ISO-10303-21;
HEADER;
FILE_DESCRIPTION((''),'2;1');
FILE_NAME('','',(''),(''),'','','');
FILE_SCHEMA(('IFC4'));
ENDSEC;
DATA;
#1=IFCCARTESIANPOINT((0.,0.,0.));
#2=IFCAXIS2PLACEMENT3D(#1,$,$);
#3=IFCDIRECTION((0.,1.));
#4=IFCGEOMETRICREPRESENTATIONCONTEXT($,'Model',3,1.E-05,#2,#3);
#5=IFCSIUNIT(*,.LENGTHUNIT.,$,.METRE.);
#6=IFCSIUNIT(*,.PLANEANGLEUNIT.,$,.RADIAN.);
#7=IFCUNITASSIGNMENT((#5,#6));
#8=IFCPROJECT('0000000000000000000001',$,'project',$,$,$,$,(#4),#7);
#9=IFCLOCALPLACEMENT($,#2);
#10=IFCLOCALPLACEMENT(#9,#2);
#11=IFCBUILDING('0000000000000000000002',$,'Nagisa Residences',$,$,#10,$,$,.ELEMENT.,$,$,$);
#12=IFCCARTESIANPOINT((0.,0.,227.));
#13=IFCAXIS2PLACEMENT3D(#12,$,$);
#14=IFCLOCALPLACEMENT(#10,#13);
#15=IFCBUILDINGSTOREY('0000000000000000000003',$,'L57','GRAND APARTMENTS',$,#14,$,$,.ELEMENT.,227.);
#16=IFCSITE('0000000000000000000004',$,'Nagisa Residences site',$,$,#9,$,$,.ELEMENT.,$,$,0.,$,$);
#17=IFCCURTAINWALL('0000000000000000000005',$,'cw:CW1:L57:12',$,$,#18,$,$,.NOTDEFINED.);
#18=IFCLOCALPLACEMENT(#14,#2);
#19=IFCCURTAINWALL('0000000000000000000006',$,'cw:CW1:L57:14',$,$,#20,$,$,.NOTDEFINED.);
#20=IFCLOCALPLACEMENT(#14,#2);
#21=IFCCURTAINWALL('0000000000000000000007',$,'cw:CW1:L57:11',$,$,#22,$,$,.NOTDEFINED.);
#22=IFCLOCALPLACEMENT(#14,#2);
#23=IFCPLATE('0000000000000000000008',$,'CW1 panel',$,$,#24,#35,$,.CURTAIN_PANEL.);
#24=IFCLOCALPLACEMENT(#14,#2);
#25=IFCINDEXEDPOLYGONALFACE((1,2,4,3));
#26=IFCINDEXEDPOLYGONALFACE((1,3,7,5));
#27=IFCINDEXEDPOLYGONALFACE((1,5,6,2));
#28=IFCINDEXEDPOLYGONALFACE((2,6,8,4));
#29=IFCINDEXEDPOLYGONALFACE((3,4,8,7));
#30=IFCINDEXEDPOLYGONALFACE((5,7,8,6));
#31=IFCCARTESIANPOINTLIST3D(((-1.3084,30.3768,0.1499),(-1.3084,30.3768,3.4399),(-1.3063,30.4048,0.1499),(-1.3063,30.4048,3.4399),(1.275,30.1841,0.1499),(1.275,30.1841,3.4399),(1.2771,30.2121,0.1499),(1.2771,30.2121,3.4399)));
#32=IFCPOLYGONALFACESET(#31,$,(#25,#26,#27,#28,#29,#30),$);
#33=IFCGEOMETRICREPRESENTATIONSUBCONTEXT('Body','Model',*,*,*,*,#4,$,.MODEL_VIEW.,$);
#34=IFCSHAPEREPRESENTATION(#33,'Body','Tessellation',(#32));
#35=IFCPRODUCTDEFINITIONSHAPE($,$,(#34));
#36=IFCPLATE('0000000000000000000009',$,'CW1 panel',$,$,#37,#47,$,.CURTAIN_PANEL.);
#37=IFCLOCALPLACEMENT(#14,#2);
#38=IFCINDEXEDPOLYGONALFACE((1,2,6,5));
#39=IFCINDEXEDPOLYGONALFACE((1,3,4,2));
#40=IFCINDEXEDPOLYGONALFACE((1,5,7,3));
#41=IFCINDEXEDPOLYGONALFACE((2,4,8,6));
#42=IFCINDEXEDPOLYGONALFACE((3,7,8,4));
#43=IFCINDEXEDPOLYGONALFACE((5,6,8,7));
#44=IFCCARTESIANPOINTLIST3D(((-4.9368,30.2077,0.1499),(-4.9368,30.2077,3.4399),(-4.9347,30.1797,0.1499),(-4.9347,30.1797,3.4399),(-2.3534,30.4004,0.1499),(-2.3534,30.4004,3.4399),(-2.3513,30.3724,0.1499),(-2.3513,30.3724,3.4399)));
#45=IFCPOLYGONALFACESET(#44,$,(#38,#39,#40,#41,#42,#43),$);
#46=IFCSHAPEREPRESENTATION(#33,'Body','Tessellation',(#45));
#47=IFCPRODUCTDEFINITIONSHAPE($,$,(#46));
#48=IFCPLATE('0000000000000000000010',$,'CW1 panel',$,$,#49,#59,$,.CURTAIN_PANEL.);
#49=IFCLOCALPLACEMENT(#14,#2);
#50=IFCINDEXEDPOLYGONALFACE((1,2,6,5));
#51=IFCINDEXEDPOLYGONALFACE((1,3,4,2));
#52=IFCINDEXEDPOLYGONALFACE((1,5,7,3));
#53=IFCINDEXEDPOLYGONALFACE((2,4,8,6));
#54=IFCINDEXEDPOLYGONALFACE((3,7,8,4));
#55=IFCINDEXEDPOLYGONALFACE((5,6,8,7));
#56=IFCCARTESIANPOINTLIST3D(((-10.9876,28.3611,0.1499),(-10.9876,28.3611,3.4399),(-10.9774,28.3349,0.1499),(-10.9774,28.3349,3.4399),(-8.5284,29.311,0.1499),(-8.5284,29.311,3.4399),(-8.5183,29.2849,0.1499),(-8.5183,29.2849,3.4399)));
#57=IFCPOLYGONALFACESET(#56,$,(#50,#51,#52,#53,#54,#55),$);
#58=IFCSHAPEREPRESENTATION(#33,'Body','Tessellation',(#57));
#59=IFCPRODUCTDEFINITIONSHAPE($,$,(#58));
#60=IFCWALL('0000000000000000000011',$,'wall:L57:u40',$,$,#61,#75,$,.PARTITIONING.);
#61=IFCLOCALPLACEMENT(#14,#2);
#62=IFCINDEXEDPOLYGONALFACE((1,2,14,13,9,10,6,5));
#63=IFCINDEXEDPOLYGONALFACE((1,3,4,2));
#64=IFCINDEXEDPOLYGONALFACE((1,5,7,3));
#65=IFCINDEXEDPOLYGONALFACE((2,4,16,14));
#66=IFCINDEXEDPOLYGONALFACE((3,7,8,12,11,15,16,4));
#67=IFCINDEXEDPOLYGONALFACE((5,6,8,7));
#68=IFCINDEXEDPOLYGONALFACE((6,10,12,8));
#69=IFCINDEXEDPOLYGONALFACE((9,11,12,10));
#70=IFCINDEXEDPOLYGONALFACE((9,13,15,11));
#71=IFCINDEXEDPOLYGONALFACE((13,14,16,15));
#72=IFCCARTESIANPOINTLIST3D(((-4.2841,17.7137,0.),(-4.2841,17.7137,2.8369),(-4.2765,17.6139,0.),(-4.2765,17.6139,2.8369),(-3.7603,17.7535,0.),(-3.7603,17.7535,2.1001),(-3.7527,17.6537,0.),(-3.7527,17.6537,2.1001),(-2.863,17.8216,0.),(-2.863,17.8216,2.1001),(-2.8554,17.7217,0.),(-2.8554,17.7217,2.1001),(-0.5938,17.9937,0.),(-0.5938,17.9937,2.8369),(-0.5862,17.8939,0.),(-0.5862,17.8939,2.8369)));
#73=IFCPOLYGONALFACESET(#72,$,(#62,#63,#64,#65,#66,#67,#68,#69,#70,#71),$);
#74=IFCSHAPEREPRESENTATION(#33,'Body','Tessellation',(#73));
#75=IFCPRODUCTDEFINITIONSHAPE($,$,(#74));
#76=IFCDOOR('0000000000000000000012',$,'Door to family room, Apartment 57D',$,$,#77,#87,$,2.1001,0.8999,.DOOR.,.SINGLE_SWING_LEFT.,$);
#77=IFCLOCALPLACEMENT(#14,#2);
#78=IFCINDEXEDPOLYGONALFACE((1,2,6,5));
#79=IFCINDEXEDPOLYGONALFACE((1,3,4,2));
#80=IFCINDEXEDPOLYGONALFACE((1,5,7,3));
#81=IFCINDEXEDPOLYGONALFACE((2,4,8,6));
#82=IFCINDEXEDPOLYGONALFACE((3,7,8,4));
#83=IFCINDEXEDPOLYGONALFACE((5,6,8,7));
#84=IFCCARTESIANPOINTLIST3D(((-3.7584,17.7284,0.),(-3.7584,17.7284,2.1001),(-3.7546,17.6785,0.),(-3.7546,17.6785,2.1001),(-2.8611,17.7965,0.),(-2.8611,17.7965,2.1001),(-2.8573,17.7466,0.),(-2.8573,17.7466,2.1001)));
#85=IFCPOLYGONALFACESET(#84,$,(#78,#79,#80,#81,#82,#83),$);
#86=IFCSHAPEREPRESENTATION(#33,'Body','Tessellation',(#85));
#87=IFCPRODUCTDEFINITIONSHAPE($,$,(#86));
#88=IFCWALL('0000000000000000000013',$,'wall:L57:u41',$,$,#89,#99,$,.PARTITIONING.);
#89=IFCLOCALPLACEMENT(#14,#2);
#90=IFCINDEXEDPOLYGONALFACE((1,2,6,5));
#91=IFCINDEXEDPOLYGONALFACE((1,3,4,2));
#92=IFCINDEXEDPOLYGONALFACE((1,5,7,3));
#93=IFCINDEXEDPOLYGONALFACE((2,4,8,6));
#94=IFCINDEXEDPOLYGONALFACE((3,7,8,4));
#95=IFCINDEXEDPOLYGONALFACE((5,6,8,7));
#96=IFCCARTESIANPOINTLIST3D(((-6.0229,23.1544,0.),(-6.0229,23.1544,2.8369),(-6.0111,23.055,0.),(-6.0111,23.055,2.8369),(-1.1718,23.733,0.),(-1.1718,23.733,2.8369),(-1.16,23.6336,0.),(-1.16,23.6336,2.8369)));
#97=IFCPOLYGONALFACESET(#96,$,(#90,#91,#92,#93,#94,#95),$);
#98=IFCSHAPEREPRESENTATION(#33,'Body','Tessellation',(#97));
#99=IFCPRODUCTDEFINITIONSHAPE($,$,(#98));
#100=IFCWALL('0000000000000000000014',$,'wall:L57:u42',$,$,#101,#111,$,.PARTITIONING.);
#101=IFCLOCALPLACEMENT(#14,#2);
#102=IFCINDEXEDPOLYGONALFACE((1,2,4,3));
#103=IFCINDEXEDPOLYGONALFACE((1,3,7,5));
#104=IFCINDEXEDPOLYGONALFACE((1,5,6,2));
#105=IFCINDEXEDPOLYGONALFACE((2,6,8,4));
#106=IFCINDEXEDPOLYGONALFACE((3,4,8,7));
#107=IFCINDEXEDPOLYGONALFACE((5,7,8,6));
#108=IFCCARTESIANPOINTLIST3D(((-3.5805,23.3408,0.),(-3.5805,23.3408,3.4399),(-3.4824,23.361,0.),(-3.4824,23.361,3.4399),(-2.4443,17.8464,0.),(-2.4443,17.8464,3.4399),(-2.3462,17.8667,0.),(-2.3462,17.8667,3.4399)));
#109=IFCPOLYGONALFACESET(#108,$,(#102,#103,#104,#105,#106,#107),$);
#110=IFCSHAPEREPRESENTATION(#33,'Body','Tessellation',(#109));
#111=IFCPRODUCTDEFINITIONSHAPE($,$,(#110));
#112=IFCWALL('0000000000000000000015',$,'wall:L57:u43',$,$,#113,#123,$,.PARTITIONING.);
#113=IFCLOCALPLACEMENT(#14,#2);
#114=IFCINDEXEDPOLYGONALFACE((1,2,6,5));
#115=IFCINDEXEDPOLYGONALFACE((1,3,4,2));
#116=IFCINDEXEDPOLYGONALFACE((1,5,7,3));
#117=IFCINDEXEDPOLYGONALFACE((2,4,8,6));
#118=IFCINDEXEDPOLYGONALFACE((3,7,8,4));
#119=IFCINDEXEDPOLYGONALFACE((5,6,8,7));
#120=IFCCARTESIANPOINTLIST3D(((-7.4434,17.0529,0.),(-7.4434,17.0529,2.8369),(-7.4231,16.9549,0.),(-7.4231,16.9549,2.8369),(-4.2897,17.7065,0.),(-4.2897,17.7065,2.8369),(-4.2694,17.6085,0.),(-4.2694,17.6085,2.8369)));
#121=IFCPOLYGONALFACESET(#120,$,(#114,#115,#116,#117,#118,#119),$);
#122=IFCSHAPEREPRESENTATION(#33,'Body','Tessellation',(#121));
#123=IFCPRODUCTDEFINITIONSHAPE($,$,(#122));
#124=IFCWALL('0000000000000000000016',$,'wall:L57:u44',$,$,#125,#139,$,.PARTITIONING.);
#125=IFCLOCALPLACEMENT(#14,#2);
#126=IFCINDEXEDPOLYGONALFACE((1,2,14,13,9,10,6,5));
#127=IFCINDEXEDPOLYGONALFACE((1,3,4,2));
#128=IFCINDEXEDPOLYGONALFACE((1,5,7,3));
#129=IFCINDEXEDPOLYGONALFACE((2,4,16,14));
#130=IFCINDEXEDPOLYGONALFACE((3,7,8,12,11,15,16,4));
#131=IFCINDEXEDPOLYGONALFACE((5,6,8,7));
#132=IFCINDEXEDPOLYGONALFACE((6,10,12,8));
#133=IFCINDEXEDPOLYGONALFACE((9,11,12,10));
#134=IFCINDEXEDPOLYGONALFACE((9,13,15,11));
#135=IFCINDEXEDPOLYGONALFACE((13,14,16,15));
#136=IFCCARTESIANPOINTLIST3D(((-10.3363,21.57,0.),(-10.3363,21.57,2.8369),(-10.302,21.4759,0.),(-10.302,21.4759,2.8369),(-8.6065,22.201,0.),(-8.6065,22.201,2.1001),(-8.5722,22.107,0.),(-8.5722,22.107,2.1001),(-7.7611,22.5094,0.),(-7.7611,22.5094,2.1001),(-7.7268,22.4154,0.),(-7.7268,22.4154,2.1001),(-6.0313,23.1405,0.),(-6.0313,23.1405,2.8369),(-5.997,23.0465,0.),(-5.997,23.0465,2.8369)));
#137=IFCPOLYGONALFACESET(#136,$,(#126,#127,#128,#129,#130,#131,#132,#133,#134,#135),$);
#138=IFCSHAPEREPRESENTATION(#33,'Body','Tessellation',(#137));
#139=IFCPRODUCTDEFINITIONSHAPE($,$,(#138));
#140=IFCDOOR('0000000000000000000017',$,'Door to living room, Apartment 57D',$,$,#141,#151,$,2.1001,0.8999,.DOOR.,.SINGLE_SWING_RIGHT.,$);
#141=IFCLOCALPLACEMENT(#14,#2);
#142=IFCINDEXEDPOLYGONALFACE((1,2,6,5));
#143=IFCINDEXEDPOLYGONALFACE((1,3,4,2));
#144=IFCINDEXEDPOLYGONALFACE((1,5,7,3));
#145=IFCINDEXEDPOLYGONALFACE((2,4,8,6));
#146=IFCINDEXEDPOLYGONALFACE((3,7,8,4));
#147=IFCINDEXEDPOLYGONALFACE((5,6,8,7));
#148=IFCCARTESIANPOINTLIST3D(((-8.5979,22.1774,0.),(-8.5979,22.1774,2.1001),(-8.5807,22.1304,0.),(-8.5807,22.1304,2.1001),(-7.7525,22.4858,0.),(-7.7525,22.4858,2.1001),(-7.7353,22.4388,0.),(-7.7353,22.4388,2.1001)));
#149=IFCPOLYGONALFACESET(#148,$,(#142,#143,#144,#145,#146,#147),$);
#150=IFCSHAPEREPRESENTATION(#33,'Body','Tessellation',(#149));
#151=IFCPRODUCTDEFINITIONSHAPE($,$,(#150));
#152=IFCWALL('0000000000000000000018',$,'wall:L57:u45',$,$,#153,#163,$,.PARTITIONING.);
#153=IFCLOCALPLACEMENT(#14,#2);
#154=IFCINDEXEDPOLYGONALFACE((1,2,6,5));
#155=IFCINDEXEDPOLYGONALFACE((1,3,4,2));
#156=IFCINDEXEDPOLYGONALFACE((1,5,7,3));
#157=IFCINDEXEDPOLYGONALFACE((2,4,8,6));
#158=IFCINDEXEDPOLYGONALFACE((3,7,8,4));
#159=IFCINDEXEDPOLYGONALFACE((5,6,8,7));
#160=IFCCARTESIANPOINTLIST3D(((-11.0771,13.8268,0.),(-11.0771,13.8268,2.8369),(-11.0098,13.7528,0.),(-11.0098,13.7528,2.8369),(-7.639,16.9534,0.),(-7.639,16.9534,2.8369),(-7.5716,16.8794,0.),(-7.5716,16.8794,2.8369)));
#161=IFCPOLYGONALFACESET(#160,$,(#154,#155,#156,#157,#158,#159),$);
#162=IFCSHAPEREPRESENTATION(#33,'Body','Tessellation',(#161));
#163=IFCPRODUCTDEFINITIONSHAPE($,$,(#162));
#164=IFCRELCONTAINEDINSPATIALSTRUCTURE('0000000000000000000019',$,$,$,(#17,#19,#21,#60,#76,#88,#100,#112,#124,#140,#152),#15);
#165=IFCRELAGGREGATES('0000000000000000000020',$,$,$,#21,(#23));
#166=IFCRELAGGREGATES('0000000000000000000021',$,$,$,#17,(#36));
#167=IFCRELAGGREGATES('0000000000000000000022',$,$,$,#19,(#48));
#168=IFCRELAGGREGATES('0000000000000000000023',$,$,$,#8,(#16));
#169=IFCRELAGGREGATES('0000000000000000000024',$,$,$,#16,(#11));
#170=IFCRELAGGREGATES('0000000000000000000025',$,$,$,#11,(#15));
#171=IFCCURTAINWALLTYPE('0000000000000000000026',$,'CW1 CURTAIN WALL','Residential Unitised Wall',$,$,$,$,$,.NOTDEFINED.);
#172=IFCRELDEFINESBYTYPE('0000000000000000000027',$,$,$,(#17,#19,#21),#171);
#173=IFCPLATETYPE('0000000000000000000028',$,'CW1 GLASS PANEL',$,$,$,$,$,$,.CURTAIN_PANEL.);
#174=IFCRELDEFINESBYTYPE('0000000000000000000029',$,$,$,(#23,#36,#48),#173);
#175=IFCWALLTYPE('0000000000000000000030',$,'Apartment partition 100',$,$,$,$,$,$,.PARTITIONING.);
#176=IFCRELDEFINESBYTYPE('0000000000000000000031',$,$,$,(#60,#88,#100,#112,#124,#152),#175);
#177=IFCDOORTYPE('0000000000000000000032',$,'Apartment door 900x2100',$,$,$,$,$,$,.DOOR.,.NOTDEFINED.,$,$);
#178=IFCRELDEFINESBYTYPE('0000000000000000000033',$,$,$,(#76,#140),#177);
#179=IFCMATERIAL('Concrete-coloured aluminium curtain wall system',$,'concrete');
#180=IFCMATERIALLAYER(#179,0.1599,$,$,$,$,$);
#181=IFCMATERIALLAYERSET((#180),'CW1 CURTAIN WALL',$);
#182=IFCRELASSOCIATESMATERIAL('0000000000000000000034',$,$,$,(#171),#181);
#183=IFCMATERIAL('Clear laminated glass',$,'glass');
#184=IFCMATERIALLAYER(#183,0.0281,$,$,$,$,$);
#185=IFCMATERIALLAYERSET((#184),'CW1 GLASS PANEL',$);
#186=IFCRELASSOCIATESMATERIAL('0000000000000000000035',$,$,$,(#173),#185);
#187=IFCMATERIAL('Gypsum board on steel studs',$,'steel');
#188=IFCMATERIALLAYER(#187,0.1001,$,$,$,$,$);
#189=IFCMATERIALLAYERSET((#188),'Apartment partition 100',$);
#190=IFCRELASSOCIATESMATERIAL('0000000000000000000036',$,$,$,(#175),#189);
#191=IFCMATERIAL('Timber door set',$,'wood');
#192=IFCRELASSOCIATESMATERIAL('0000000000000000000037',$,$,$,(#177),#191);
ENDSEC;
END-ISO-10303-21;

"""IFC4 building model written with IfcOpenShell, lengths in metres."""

from ifc_helpers import new_model, si_unit, direction, frame, frame_2d, origin, origin_2d, place, context, subcontext, project, spatial, rectangle, extrude, material, layer, layer_set, type_object, element, fill, aggregate, save


model = new_model("IFC4")

# Units and contexts
model_context = context("Model", 3, precision=1e-05, world=origin(), true_north=direction((0.0, 1.0)))
body_context = subcontext(model_context, "Body", "Model", "MODEL_VIEW")
ifc_project = project(units=[si_unit("LENGTHUNIT", "METRE"), si_unit("PLANEANGLEUNIT", "RADIAN")], contexts=[model_context])

# Site, building, storey
site_placement = place(None, origin())
site = spatial("IfcSite", under=ifc_project, at=site_placement, Name="Nagisa Residences site", CompositionType="ELEMENT", RefElevation=0.0)
building_placement = place(site_placement, origin())
building = spatial("IfcBuilding", under=site, at=building_placement, Name="Nagisa Residences", CompositionType="ELEMENT")
storey_placement = place(building_placement, frame((0.0, 0.0, 227.0)))
storey = spatial("IfcBuildingStorey", under=building, at=storey_placement, Name="L57", Description="GRAND APARTMENTS", CompositionType="ELEMENT", Elevation=227.0)

# Curtain walls
ifc_material_1 = material(Name="Concrete-coloured aluminium curtain wall system", Category="concrete")
ifc_layer_1 = layer(ifc_material_1, 0.1599)
ifc_layer_set_1 = layer_set([ifc_layer_1], Name="CW1 CURTAIN WALL")
curtain_wall_type = type_object("IfcCurtainWallType", Name="CW1 CURTAIN WALL", Description="Residential Unitised Wall", PredefinedType="NOTDEFINED", material=ifc_layer_set_1)
curtain_wall_1_placement = place(storey_placement, origin())
curtain_wall_1 = element("IfcCurtainWall", 1, at=curtain_wall_1_placement, inside=storey, type_object=curtain_wall_type, Name="cw:CW1:L57:12", PredefinedType="NOTDEFINED")
curtain_wall_2_placement = place(storey_placement, origin())
curtain_wall_2 = element("IfcCurtainWall", 2, at=curtain_wall_2_placement, inside=storey, type_object=curtain_wall_type, Name="cw:CW1:L57:14", PredefinedType="NOTDEFINED")

# Curtain wall, plate
curtain_wall_3_placement = place(storey_placement, origin())
curtain_wall_3 = element("IfcCurtainWall", 3, at=curtain_wall_3_placement, inside=storey, type_object=curtain_wall_type, Name="cw:CW1:L57:11", PredefinedType="NOTDEFINED")
ifc_material_2 = material(Name="Clear laminated glass", Category="glass")
ifc_layer_2 = layer(ifc_material_2, 0.0281)
ifc_layer_set_2 = layer_set([ifc_layer_2], Name="CW1 GLASS PANEL")
plate_type = type_object("IfcPlateType", Name="CW1 GLASS PANEL", PredefinedType="CURTAIN_PANEL", material=ifc_layer_set_2)
plate_1_placement = place(storey_placement, frame((-0.0156, 30.2944, 0.1499), z_axis=(0.0, 0.0, 1.0), x_axis=(-0.99723, 0.074377, 0.0)))
plate_1 = element("IfcPlate", 4, at=plate_1_placement, type_object=plate_type, Name="CW1 panel", PredefinedType="CURTAIN_PANEL", context=body_context, shape_type="SweptSolid", body=[
    extrude(rectangle(XDim=2.5906, YDim=0.0281, at=origin_2d()), origin(), (0.0, 0.0, 1.0), 3.29),
])
aggregate(curtain_wall_3, [plate_1])

# Plates
plate_2_placement = place(storey_placement, frame((-3.644, 30.29, 0.1499), z_axis=(0.0, 0.0, 1.0), x_axis=(-0.99723, -0.074377, 0.0)))
plate_2 = element("IfcPlate", 5, at=plate_2_placement, type_object=plate_type, Name="CW1 panel", PredefinedType="CURTAIN_PANEL", context=body_context, shape_type="SweptSolid", body=[
    extrude(rectangle(XDim=2.5906, YDim=0.0281, at=origin_2d()), origin(), (0.0, 0.0, 1.0), 3.29),
])
aggregate(curtain_wall_1, [plate_2])
plate_3_placement = place(storey_placement, frame((-9.7529, 28.823, 0.1499), z_axis=(0.0, 0.0, 1.0), x_axis=(-0.932826, -0.360328, 0.0)))
plate_3 = element("IfcPlate", 6, at=plate_3_placement, type_object=plate_type, Name="CW1 panel", PredefinedType="CURTAIN_PANEL", context=body_context, shape_type="SweptSolid", body=[
    extrude(rectangle(XDim=2.6362, YDim=0.0281, at=origin_2d()), origin(), (0.0, 0.0, 1.0), 3.29),
])
aggregate(curtain_wall_2, [plate_3])

# Wall, opening, door
ifc_material_3 = material(Name="Gypsum board on steel studs", Category="steel")
ifc_layer_3 = layer(ifc_material_3, 0.1001)
ifc_layer_set_3 = layer_set([ifc_layer_3], Name="Apartment partition 100")
wall_type_1 = type_object("IfcWallType", Name="Apartment partition 100", PredefinedType="PARTITIONING", material=ifc_layer_set_3)
wall_1_placement = place(storey_placement, frame((-0.5898, 17.9438, 0.0), z_axis=(0.0, 0.0, 1.0), x_axis=(-0.997133, -0.075662, 0.0)))
wall_1 = element("IfcWall", 7, at=wall_1_placement, inside=storey, type_object=wall_type_1, Name="wall:L57:u40", PredefinedType="PARTITIONING", context=body_context, shape_type="SweptSolid", body=[
    extrude(rectangle(XDim=3.7009, YDim=0.1001, at=frame_2d((1.8506, 0.0))), origin(), (0.0, 0.0, 1.0), 2.8369),
])
opening_1_placement = place(wall_1_placement, frame((2.2759, 0.0, 0.0)))
opening_1 = element("IfcOpeningElement", 8, at=opening_1_placement, cuts=wall_1, PredefinedType="OPENING", context=body_context, shape_type="SweptSolid", body=[
    extrude(rectangle(XDim=0.8999, YDim=2.1001, at=frame_2d((0.45, 1.05))), frame((0.0, 0.0601, 0.0), z_axis=(0.0, -1.0, 0.0), x_axis=(1.0, 0.0, 0.0)), (0.0, 0.0, 1.0), 0.1201),
])
ifc_material_4 = material(Name="Timber door set", Category="wood")
door_type_1 = type_object("IfcDoorType", Name="Apartment door 900x2100", OperationType="NOTDEFINED", PredefinedType="DOOR", material=ifc_material_4)
door_1_placement = place(opening_1_placement, frame((0.8999, 0.0, 0.0), x_axis=(-1.0, 0.0, 0.0)))
door_1 = element("IfcDoor", 9, at=door_1_placement, inside=storey, type_object=door_type_1, Name="Door to family room, Apartment 57D", OperationType="SINGLE_SWING_LEFT", OverallHeight=2.1001, OverallWidth=0.8999, PredefinedType="DOOR", context=body_context, shape_type="SweptSolid", body=[
    extrude(rectangle(XDim=0.8999, YDim=2.1001, at=frame_2d((0.45, 1.05))), frame((0.0, 0.0249, 0.0), z_axis=(0.0, -1.0, 0.0), x_axis=(1.0, 0.0, 0.0)), (0.0, 0.0, 1.0), 0.05),
])
fill(opening_1, door_1)

# Walls
wall_2_placement = place(storey_placement, frame((-1.1658, 23.6833, 0.0), z_axis=(0.0, 0.0, 1.0), x_axis=(-0.992962, -0.118436, 0.0)))
element("IfcWall", 10, at=wall_2_placement, inside=storey, type_object=wall_type_1, Name="wall:L57:u41", PredefinedType="PARTITIONING", context=body_context, shape_type="SweptSolid", body=[
    extrude(rectangle(XDim=4.8855, YDim=0.1001, at=frame_2d((2.4429, 0.0))), origin(), (0.0, 0.0, 1.0), 2.8369),
])
wall_3_placement = place(storey_placement, frame((-2.3953, 17.8567, 0.0), z_axis=(0.0, 0.0, 1.0), x_axis=(-0.202514, 0.979279, 0.0)))
element("IfcWall", 11, at=wall_3_placement, inside=storey, type_object=wall_type_1, Name="wall:L57:u42", PredefinedType="PARTITIONING", context=body_context, shape_type="SweptSolid", body=[
    extrude(rectangle(XDim=5.6106, YDim=0.1001, at=frame_2d((2.8052, 0.0))), origin(), (0.0, 0.0, 1.0), 3.4399),
])
wall_4_placement = place(storey_placement, frame((-4.2795, 17.6575, 0.0), z_axis=(0.0, 0.0, 1.0), x_axis=(-0.979196, -0.202919, 0.0)))
element("IfcWall", 12, at=wall_4_placement, inside=storey, type_object=wall_type_1, Name="wall:L57:u43", PredefinedType="PARTITIONING", context=body_context, shape_type="SweptSolid", body=[
    extrude(rectangle(XDim=3.2207, YDim=0.1001, at=frame_2d((1.6104, 0.0))), origin(), (0.0, 0.0, 1.0), 2.8369),
])

# Wall, opening, door
wall_5_placement = place(storey_placement, frame((-6.0142, 23.0935, 0.0), z_axis=(0.0, 0.0, 1.0), x_axis=(-0.939434, -0.342731, 0.0)))
wall_5 = element("IfcWall", 13, at=wall_5_placement, inside=storey, type_object=wall_type_1, Name="wall:L57:u44", PredefinedType="PARTITIONING", context=body_context, shape_type="SweptSolid", body=[
    extrude(rectangle(XDim=4.5825, YDim=0.1001, at=frame_2d((2.2913, 0.0))), origin(), (0.0, 0.0, 1.0), 2.8369),
])
opening_2_placement = place(wall_5_placement, frame((1.8413, 0.0, 0.0)))
opening_2 = element("IfcOpeningElement", 14, at=opening_2_placement, cuts=wall_5, PredefinedType="OPENING", context=body_context, shape_type="SweptSolid", body=[
    extrude(rectangle(XDim=0.8999, YDim=2.1001, at=frame_2d((0.45, 1.05))), frame((0.0, 0.0601, 0.0), z_axis=(0.0, -1.0, 0.0), x_axis=(1.0, 0.0, 0.0)), (0.0, 0.0, 1.0), 0.1201),
])
door_2_placement = place(opening_2_placement, frame((0.8999, 0.0, 0.0), x_axis=(-1.0, 0.0, 0.0)))
door_2 = element("IfcDoor", 15, at=door_2_placement, inside=storey, type_object=door_type_1, Name="Door to living room, Apartment 57D", OperationType="SINGLE_SWING_RIGHT", OverallHeight=2.1001, OverallWidth=0.8999, PredefinedType="DOOR", context=body_context, shape_type="SweptSolid", body=[
    extrude(rectangle(XDim=0.8999, YDim=2.1001, at=frame_2d((0.45, 1.05))), frame((0.0, 0.0249, 0.0), z_axis=(0.0, -1.0, 0.0), x_axis=(1.0, 0.0, 0.0)), (0.0, 0.0, 1.0), 0.05),
])
fill(opening_2, door_2)

# Wall
wall_6_placement = place(storey_placement, frame((-7.6052, 16.9165, 0.0), z_axis=(0.0, 0.0, 1.0), x_axis=(-0.739828, -0.672796, 0.0)))
element("IfcWall", 16, at=wall_6_placement, inside=storey, type_object=wall_type_1, Name="wall:L57:u45", PredefinedType="PARTITIONING", context=body_context, shape_type="SweptSolid", body=[
    extrude(rectangle(XDim=4.6472, YDim=0.1001, at=frame_2d((2.3237, 0.0))), origin(), (0.0, 0.0, 1.0), 2.8369),
])

save(model, "model.ifc")
